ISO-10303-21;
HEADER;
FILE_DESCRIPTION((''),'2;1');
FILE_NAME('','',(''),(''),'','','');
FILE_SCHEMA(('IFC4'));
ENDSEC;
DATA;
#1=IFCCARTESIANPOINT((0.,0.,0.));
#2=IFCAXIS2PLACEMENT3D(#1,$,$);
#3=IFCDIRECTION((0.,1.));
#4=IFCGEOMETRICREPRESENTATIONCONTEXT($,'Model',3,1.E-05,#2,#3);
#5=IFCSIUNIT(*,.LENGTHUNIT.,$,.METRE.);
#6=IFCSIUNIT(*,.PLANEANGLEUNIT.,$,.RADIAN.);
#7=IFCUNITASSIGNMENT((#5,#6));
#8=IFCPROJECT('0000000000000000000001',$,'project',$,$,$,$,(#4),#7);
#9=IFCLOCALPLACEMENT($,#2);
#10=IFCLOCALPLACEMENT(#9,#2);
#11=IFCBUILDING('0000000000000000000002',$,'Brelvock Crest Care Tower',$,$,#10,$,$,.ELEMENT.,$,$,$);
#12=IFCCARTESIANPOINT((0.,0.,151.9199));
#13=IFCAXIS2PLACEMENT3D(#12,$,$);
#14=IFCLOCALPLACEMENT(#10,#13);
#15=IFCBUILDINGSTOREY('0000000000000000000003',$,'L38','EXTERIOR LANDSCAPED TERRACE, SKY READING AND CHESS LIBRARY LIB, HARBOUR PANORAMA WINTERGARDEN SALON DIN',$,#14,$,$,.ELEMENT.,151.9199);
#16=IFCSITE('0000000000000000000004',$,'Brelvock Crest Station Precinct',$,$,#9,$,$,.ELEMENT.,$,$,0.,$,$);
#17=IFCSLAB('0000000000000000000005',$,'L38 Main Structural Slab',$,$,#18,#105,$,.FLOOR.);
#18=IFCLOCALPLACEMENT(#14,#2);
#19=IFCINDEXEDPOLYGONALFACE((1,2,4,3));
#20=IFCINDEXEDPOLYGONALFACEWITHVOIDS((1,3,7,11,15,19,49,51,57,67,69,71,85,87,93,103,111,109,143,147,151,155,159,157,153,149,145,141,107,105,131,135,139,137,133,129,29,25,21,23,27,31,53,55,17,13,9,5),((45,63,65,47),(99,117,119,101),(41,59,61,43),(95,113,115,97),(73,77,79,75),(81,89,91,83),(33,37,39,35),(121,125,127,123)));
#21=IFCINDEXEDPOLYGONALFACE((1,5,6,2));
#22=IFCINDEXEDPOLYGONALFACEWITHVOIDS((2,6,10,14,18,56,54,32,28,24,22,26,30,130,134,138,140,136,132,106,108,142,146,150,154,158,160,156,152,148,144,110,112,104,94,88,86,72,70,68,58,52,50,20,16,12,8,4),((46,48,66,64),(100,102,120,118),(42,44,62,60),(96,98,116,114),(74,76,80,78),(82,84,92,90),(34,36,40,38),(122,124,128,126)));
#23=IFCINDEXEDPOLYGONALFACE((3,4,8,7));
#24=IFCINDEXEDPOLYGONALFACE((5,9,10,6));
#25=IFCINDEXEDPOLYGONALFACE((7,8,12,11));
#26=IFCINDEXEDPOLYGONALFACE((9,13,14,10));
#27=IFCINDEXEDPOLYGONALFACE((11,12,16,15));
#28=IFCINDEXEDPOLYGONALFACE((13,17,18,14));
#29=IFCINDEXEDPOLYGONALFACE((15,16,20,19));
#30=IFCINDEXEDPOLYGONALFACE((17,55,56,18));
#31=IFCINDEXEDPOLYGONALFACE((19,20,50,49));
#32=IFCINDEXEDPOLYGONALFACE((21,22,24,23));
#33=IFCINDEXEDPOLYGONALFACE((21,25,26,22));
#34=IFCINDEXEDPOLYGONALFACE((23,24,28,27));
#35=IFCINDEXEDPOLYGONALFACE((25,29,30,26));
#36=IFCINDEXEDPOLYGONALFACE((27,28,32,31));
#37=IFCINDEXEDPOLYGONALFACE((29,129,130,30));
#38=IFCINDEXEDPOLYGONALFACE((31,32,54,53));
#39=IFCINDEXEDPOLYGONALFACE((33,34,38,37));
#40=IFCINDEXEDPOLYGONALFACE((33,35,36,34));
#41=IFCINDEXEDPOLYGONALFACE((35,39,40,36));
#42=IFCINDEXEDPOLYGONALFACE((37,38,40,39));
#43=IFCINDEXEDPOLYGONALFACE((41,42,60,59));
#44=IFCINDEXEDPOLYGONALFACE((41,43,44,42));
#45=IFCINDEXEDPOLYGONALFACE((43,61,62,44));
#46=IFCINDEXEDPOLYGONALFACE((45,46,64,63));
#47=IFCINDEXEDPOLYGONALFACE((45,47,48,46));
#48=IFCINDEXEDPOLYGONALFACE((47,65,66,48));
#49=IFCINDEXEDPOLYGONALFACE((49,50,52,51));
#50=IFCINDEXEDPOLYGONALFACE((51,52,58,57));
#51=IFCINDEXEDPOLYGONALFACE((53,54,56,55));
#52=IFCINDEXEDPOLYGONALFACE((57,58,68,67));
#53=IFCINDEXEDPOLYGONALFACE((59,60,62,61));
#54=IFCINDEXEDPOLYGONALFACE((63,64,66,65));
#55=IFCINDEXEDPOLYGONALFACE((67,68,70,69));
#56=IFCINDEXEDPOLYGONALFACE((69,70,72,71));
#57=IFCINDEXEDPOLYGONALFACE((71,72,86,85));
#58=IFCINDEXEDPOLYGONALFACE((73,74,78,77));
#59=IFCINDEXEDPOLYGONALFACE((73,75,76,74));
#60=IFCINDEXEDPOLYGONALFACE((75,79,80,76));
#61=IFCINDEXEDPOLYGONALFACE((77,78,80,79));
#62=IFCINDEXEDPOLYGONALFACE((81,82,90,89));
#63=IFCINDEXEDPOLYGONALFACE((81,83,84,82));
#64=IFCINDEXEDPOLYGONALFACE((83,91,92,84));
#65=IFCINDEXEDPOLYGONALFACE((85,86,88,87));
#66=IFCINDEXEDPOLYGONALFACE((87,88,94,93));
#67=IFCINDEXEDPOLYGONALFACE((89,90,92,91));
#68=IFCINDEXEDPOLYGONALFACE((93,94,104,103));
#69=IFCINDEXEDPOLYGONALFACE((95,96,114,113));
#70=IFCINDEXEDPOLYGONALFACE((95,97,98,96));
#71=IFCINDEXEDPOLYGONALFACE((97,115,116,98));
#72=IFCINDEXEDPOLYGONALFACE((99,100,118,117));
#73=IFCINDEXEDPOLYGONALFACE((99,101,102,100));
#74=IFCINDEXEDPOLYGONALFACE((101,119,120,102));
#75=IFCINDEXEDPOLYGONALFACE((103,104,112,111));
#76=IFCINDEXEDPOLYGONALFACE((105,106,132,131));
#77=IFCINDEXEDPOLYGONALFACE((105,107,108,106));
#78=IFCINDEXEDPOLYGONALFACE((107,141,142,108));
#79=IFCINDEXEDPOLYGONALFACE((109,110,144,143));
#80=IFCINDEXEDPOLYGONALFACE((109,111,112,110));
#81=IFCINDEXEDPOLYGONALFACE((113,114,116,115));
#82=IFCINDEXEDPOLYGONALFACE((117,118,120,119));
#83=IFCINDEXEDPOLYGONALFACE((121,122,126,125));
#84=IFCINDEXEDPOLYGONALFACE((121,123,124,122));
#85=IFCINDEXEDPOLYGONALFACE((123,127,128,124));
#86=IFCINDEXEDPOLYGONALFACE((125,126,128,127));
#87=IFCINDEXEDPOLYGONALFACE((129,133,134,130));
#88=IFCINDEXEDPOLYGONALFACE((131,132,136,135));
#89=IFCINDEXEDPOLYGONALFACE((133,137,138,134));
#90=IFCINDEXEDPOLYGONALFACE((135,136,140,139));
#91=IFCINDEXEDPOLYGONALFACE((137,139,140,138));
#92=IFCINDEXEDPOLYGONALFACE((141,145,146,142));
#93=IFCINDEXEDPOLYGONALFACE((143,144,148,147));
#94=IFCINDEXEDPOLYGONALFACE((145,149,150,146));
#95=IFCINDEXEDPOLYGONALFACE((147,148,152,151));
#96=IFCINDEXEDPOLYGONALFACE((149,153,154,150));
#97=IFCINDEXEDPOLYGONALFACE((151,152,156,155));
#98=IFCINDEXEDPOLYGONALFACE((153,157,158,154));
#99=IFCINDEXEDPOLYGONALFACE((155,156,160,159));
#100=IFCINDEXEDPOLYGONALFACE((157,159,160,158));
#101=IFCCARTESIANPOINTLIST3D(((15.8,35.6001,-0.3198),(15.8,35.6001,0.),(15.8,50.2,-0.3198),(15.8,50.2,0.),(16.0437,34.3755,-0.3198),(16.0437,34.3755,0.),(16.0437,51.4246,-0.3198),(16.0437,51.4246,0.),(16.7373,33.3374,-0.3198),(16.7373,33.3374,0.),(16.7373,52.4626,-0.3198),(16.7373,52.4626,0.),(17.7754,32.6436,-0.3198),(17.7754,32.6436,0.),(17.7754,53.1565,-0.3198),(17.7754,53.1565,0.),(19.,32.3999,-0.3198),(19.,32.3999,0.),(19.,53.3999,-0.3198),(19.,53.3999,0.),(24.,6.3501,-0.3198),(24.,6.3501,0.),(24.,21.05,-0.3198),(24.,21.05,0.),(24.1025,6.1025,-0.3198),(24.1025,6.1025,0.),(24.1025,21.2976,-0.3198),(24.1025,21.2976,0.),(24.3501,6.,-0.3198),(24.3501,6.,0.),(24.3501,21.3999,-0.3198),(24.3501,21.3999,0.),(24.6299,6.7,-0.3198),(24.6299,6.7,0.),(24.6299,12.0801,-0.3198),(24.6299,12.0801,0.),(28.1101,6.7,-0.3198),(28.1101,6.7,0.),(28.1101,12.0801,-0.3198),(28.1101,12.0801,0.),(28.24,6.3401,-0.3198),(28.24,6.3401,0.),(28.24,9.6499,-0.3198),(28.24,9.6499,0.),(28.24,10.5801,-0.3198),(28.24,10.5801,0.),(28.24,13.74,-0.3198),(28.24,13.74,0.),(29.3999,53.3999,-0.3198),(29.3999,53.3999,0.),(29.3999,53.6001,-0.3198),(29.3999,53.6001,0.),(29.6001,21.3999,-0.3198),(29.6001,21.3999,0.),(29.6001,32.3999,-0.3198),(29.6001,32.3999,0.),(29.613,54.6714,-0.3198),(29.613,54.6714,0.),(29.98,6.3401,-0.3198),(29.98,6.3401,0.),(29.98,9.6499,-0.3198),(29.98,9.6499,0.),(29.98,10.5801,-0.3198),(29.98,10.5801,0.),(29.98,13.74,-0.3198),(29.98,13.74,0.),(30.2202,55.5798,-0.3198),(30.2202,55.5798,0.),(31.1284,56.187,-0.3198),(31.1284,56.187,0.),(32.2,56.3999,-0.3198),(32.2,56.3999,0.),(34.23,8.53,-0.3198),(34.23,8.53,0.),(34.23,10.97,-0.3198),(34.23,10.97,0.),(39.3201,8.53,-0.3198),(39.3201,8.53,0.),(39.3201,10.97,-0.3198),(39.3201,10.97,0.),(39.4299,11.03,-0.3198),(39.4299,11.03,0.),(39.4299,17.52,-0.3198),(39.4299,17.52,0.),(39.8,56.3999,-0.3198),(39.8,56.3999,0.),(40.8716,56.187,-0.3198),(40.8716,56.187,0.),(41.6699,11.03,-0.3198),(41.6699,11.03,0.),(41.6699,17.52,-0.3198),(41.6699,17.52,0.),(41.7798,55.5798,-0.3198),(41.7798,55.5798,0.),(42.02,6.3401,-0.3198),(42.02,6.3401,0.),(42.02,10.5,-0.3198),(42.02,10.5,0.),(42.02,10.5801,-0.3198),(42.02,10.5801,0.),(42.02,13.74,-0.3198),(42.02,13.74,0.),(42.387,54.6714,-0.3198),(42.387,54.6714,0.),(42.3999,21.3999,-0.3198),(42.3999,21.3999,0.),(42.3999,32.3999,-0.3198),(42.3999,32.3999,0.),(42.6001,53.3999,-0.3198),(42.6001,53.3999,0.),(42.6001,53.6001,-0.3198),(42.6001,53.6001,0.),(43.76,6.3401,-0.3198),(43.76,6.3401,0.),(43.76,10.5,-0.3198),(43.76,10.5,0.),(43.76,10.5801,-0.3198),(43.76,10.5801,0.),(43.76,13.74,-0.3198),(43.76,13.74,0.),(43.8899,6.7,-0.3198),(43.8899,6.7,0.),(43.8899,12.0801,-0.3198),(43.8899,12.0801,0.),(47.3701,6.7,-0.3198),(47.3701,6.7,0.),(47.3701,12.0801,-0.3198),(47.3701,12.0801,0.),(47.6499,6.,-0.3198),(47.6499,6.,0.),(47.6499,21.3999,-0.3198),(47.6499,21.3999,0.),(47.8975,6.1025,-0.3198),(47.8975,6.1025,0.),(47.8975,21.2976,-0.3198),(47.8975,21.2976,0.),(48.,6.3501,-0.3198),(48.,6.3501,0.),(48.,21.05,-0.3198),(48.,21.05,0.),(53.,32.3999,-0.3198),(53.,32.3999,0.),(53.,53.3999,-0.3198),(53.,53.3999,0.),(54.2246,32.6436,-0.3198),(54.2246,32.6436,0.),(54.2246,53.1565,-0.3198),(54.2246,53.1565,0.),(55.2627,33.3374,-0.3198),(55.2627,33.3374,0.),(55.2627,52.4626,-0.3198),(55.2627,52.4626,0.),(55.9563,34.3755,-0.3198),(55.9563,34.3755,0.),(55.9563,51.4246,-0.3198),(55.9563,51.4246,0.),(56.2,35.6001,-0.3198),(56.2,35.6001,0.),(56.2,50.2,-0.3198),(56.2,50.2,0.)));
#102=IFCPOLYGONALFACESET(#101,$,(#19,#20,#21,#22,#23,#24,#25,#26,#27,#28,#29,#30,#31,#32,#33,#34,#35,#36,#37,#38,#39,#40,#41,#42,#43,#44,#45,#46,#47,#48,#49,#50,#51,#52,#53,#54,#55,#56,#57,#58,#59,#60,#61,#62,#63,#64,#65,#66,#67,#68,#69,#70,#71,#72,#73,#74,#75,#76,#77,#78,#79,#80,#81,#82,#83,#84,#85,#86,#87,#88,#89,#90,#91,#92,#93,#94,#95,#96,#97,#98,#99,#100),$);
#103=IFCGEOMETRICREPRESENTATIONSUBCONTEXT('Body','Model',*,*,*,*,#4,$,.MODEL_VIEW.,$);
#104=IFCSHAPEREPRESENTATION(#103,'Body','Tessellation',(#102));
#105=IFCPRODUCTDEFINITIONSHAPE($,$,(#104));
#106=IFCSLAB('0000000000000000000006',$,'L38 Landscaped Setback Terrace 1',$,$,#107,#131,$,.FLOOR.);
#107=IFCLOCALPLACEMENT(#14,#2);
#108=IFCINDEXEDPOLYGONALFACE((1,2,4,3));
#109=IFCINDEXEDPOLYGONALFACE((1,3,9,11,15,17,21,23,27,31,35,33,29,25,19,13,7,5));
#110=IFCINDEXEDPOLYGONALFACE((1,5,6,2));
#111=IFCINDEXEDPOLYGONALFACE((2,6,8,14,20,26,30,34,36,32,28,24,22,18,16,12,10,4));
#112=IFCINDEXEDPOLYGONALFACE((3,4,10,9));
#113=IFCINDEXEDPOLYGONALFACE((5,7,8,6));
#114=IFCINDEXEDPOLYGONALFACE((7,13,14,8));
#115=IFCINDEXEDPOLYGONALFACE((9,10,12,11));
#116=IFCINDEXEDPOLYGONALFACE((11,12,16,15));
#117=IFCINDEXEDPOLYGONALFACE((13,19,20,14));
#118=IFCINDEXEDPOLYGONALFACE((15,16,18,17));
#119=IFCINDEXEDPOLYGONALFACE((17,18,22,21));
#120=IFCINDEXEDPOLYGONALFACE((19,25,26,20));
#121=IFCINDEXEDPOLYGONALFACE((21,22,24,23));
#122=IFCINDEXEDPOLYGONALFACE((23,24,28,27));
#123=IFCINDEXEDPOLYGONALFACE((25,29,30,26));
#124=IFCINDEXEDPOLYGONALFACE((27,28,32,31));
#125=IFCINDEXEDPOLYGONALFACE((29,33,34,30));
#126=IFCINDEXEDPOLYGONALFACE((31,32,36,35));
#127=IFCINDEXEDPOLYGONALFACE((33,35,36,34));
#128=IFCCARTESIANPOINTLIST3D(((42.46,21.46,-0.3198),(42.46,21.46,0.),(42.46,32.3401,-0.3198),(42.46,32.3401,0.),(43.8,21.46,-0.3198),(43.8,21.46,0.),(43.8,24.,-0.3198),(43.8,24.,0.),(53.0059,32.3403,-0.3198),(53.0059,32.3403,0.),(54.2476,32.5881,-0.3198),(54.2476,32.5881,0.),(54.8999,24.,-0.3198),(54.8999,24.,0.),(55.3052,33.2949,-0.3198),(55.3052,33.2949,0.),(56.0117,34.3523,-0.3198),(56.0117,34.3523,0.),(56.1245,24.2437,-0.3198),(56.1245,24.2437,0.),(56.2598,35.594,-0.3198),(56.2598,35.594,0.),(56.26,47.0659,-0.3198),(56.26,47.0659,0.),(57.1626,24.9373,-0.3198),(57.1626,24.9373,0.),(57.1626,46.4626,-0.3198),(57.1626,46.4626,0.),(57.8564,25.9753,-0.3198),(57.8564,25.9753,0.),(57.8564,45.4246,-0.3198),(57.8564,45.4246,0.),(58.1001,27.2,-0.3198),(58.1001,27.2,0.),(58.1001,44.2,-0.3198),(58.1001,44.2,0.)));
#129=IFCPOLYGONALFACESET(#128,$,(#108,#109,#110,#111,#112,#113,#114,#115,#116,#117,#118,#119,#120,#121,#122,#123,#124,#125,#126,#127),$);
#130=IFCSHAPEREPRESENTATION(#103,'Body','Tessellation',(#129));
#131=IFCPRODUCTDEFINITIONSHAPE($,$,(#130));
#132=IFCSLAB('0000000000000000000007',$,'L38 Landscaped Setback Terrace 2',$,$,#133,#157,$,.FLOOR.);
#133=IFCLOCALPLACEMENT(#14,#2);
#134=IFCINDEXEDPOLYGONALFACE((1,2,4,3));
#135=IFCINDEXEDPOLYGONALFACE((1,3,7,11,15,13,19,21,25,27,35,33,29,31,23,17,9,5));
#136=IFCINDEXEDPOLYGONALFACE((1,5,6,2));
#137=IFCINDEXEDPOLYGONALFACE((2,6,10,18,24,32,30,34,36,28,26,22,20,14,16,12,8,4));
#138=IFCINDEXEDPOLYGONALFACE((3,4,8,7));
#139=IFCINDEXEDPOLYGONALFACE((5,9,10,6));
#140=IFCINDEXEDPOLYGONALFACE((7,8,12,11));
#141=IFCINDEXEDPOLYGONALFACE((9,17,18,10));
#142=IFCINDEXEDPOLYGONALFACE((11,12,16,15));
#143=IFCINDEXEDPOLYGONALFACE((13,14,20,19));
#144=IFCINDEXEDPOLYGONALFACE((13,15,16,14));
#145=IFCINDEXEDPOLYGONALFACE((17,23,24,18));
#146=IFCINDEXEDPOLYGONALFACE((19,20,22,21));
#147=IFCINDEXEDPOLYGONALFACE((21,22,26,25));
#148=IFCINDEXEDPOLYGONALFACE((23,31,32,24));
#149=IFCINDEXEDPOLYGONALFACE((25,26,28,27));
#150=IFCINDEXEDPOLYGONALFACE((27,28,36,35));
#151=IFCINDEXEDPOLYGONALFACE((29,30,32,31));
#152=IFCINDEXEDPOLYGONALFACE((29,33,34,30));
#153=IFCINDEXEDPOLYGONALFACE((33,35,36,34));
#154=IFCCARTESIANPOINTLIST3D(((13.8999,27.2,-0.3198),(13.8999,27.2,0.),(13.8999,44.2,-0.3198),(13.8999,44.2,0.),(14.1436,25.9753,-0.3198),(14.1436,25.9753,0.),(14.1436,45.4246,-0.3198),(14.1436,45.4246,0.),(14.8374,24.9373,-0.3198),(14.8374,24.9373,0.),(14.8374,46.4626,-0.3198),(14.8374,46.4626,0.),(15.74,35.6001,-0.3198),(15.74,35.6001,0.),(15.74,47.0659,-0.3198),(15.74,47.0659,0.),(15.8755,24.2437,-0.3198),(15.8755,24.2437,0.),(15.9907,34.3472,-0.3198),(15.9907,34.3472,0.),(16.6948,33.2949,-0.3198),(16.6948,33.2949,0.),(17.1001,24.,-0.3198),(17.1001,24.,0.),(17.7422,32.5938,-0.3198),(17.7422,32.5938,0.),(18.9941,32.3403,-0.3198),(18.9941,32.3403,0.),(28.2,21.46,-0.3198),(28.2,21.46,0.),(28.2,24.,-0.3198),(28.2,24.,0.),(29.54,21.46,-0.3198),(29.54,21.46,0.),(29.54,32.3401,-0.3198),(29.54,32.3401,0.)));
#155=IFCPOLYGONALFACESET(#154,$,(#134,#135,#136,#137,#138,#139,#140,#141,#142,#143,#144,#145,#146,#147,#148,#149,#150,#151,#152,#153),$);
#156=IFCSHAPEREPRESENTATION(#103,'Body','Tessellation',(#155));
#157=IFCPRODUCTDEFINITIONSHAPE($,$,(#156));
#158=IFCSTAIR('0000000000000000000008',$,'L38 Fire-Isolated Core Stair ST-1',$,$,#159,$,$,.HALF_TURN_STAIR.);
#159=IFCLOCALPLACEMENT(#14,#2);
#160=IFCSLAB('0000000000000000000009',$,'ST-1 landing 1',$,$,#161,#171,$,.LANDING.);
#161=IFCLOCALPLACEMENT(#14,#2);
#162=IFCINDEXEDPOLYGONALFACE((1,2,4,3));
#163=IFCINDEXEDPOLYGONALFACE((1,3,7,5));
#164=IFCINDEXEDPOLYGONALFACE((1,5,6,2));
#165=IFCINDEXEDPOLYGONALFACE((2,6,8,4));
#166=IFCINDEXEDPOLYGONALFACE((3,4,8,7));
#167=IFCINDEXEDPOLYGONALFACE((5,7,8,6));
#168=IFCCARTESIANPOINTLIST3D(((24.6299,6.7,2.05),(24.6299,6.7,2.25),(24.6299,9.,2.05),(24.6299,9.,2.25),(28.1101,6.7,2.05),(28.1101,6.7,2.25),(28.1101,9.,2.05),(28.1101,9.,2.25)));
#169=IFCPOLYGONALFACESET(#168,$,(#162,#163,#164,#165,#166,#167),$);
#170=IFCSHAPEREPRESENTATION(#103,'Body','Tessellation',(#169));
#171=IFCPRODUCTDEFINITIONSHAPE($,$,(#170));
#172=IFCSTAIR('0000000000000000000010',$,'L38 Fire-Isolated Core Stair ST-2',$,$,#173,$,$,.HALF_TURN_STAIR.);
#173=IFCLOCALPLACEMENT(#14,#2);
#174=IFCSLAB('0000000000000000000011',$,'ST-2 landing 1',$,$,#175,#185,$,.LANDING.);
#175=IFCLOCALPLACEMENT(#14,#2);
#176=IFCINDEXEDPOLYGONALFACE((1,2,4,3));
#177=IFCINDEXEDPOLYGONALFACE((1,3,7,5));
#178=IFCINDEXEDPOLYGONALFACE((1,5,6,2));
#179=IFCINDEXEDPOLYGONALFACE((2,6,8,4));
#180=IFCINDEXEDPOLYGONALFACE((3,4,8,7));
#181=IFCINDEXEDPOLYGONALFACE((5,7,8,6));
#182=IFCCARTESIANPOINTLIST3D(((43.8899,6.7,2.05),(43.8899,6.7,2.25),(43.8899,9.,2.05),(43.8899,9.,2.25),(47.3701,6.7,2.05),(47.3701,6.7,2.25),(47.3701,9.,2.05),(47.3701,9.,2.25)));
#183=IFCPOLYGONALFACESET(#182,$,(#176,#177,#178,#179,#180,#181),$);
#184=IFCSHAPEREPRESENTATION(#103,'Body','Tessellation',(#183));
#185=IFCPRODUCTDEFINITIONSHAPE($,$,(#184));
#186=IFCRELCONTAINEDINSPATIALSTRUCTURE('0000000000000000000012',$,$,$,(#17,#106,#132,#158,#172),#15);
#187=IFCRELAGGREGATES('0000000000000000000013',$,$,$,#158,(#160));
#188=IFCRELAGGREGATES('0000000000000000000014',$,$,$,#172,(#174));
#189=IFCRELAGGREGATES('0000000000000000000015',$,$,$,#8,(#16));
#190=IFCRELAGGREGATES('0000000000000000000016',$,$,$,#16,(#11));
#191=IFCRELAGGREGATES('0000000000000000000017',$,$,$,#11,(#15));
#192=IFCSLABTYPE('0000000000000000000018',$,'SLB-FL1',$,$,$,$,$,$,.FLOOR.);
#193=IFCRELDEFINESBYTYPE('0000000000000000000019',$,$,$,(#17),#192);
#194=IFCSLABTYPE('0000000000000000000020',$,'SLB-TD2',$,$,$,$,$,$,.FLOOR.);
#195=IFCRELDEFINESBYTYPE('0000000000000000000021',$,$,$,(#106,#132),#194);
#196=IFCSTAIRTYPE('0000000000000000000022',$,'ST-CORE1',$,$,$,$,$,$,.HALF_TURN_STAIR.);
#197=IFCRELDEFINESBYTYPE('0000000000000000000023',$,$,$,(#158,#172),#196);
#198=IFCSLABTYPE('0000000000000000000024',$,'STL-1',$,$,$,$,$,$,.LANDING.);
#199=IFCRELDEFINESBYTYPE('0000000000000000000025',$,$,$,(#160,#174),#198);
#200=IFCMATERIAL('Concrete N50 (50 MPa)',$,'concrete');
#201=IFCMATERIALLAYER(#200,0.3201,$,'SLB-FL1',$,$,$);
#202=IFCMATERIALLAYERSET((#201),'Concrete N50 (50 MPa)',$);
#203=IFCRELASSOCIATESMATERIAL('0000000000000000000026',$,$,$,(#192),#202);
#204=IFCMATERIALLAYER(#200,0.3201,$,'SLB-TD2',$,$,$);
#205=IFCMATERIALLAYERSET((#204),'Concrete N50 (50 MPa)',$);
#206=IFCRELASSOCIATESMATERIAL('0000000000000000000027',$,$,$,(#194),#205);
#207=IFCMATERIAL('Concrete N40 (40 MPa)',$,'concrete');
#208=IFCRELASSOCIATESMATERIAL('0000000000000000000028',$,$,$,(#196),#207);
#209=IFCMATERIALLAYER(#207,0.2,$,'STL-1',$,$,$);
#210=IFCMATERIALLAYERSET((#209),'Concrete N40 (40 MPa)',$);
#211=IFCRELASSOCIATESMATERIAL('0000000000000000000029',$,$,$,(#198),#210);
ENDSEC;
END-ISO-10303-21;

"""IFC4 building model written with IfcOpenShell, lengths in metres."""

from ifc_helpers import new_model, si_unit, direction, frame, origin, place, context, subcontext, project, spatial, polyline, outline, extrude, material, layer, layer_set, type_object, element, aggregate, save


model = new_model("IFC4")

# Units and contexts
model_context = context("Model", 3, precision=1e-05, world=origin(), true_north=direction((0.0, 1.0)))
body_context = subcontext(model_context, "Body", "Model", "MODEL_VIEW")
ifc_project = project(units=[si_unit("LENGTHUNIT", "METRE"), si_unit("PLANEANGLEUNIT", "RADIAN")], contexts=[model_context])

# Site, building, storey
site_placement = place(None, origin())
site = spatial("IfcSite", under=ifc_project, at=site_placement, Name="Brelvock Crest Station Precinct", CompositionType="ELEMENT", RefElevation=0.0)
building_placement = place(site_placement, origin())
building = spatial("IfcBuilding", under=site, at=building_placement, Name="Brelvock Crest Care Tower", CompositionType="ELEMENT")
storey_placement = place(building_placement, frame((0.0, 0.0, 151.9199)))
storey = spatial("IfcBuildingStorey", under=building, at=storey_placement, Name="L38", Description="EXTERIOR LANDSCAPED TERRACE, SKY READING AND CHESS LIBRARY LIB, HARBOUR PANORAMA WINTERGARDEN SALON DIN", CompositionType="ELEMENT", Elevation=151.9199)

# Slabs
ifc_material_1 = material(Name="Concrete N50 (50 MPa)", Category="concrete")
ifc_layer_1 = layer(ifc_material_1, 0.3201, Name="SLB-FL1")
ifc_layer_set_1 = layer_set([ifc_layer_1], Name="Concrete N50 (50 MPa)")
slab_type_1 = type_object("IfcSlabType", Name="SLB-FL1", PredefinedType="FLOOR", material=ifc_layer_set_1)
slab_1_placement = place(storey_placement, frame((0.0, 0.0, -0.3198)))
element("IfcSlab", 1, at=slab_1_placement, inside=storey, type_object=slab_type_1, Name="L38 Main Structural Slab", PredefinedType="FLOOR", context=body_context, shape_type="SweptSolid", body=[
    extrude(outline(polyline([(47.6499, 21.3999), (42.3999, 21.3999), (42.3999, 32.3999), (53.0, 32.3999), (54.2246, 32.6436), (55.2627, 33.3374), (55.9563, 34.3755), (56.2, 35.6001), (56.2, 50.2), (55.9563, 51.4246), (55.2627, 52.4626), (54.2246, 53.1565), (53.0, 53.3999), (42.6001, 53.3999), (42.6001, 53.6001), (42.387, 54.6714), (41.7798, 55.5798), (40.8716, 56.187), (39.8, 56.3999), (32.2, 56.3999), (31.1284, 56.187), (30.2202, 55.5798), (29.613, 54.6714), (29.3999, 53.6001), (29.3999, 53.3999), (19.0, 53.3999), (17.7754, 53.1565), (16.7373, 52.4626), (16.0437, 51.4246), (15.8, 50.2), (15.8, 35.6001), (16.0437, 34.3755), (16.7373, 33.3374), (17.7754, 32.6436), (19.0, 32.3999), (29.6001, 32.3999), (29.6001, 21.3999), (24.3501, 21.3999), (24.1025, 21.2976), (24.0, 21.05), (24.0, 6.3501), (24.1025, 6.1025), (24.3501, 6.0), (47.6499, 6.0), (47.8975, 6.1025), (48.0, 6.3501), (48.0, 21.05), (47.8975, 21.2976), (47.6499, 21.3999)]), holes=[polyline([(28.24, 10.5801), (29.98, 10.5801), (29.98, 13.74), (28.24, 13.74), (28.24, 10.5801)]), polyline([(42.02, 10.5801), (43.76, 10.5801), (43.76, 13.74), (42.02, 13.74), (42.02, 10.5801)]), polyline([(28.24, 6.3401), (29.98, 6.3401), (29.98, 9.6499), (28.24, 9.6499), (28.24, 6.3401)]), polyline([(24.6299, 12.0801), (24.6299, 6.7), (28.1101, 6.7), (28.1101, 12.0801), (24.6299, 12.0801)]), polyline([(43.8899, 12.0801), (43.8899, 6.7), (47.3701, 6.7), (47.3701, 12.0801), (43.8899, 12.0801)]), polyline([(42.02, 6.3401), (43.76, 6.3401), (43.76, 10.5), (42.02, 10.5), (42.02, 6.3401)]), polyline([(34.23, 8.53), (39.3201, 8.53), (39.3201, 10.97), (34.23, 10.97), (34.23, 8.53)]), polyline([(39.4299, 11.03), (41.6699, 11.03), (41.6699, 17.52), (39.4299, 17.52), (39.4299, 11.03)])]), origin(), (0.0, 0.0, 1.0), 0.3198),
])
ifc_layer_2 = layer(ifc_material_1, 0.3201, Name="SLB-TD2")
ifc_layer_set_2 = layer_set([ifc_layer_2], Name="Concrete N50 (50 MPa)")
slab_type_2 = type_object("IfcSlabType", Name="SLB-TD2", PredefinedType="FLOOR", material=ifc_layer_set_2)
slab_2_placement = place(storey_placement, frame((0.0, 0.0, -0.3198)))
element("IfcSlab", 2, at=slab_2_placement, inside=storey, type_object=slab_type_2, Name="L38 Landscaped Setback Terrace 1", PredefinedType="FLOOR", context=body_context, shape_type="SweptSolid", body=[
    extrude(outline(polyline([(56.26, 47.0659), (56.2598, 35.594), (56.0117, 34.3523), (55.3052, 33.2949), (54.2476, 32.5881), (53.0059, 32.3403), (42.46, 32.3401), (42.46, 21.46), (43.8, 21.46), (43.8, 24.0), (54.8999, 24.0), (56.1245, 24.2437), (57.1626, 24.9373), (57.8564, 25.9753), (58.1001, 27.2), (58.1001, 44.2), (57.8564, 45.4246), (57.1626, 46.4626), (56.26, 47.0659)])), origin(), (0.0, 0.0, 1.0), 0.3198),
])
slab_3_placement = place(storey_placement, frame((0.0, 0.0, -0.3198)))
element("IfcSlab", 3, at=slab_3_placement, inside=storey, type_object=slab_type_2, Name="L38 Landscaped Setback Terrace 2", PredefinedType="FLOOR", context=body_context, shape_type="SweptSolid", body=[
    extrude(outline(polyline([(28.2, 21.46), (29.54, 21.46), (29.54, 32.3401), (18.9941, 32.3403), (17.7422, 32.5938), (16.6948, 33.2949), (15.9907, 34.3472), (15.74, 35.6001), (15.74, 47.0659), (14.8374, 46.4626), (14.1436, 45.4246), (13.8999, 44.2), (13.8999, 27.2), (14.1436, 25.9753), (14.8374, 24.9373), (15.8755, 24.2437), (17.1001, 24.0), (28.2, 24.0), (28.2, 21.46)])), origin(), (0.0, 0.0, 1.0), 0.3198),
])

# Stairs, slabs
ifc_material_2 = material(Name="Concrete N40 (40 MPa)", Category="concrete")
stair_type = type_object("IfcStairType", Name="ST-CORE1", PredefinedType="HALF_TURN_STAIR", material=ifc_material_2)
stair_1_placement = place(storey_placement, origin())
stair_1 = element("IfcStair", 4, at=stair_1_placement, inside=storey, type_object=stair_type, Name="L38 Fire-Isolated Core Stair ST-1", PredefinedType="HALF_TURN_STAIR")
ifc_layer_3 = layer(ifc_material_2, 0.2, Name="STL-1")
ifc_layer_set_3 = layer_set([ifc_layer_3], Name="Concrete N40 (40 MPa)")
slab_type_3 = type_object("IfcSlabType", Name="STL-1", PredefinedType="LANDING", material=ifc_layer_set_3)
slab_4_placement = place(storey_placement, frame((0.0, 0.0, 2.05)))
slab_4 = element("IfcSlab", 5, at=slab_4_placement, type_object=slab_type_3, Name="ST-1 landing 1", PredefinedType="LANDING", context=body_context, shape_type="SweptSolid", body=[
    extrude(outline(polyline([(24.6299, 9.0), (24.6299, 6.7), (28.1101, 6.7), (28.1101, 9.0), (24.6299, 9.0)])), origin(), (0.0, 0.0, 1.0), 0.2),
])
aggregate(stair_1, [slab_4])
stair_2_placement = place(storey_placement, origin())
stair_2 = element("IfcStair", 6, at=stair_2_placement, inside=storey, type_object=stair_type, Name="L38 Fire-Isolated Core Stair ST-2", PredefinedType="HALF_TURN_STAIR")
slab_5_placement = place(storey_placement, frame((0.0, 0.0, 2.05)))
slab_5 = element("IfcSlab", 7, at=slab_5_placement, type_object=slab_type_3, Name="ST-2 landing 1", PredefinedType="LANDING", context=body_context, shape_type="SweptSolid", body=[
    extrude(outline(polyline([(43.8899, 9.0), (43.8899, 6.7), (47.3701, 6.7), (47.3701, 9.0), (43.8899, 9.0)])), origin(), (0.0, 0.0, 1.0), 0.2),
])
aggregate(stair_2, [slab_5])

save(model, "model.ifc")
